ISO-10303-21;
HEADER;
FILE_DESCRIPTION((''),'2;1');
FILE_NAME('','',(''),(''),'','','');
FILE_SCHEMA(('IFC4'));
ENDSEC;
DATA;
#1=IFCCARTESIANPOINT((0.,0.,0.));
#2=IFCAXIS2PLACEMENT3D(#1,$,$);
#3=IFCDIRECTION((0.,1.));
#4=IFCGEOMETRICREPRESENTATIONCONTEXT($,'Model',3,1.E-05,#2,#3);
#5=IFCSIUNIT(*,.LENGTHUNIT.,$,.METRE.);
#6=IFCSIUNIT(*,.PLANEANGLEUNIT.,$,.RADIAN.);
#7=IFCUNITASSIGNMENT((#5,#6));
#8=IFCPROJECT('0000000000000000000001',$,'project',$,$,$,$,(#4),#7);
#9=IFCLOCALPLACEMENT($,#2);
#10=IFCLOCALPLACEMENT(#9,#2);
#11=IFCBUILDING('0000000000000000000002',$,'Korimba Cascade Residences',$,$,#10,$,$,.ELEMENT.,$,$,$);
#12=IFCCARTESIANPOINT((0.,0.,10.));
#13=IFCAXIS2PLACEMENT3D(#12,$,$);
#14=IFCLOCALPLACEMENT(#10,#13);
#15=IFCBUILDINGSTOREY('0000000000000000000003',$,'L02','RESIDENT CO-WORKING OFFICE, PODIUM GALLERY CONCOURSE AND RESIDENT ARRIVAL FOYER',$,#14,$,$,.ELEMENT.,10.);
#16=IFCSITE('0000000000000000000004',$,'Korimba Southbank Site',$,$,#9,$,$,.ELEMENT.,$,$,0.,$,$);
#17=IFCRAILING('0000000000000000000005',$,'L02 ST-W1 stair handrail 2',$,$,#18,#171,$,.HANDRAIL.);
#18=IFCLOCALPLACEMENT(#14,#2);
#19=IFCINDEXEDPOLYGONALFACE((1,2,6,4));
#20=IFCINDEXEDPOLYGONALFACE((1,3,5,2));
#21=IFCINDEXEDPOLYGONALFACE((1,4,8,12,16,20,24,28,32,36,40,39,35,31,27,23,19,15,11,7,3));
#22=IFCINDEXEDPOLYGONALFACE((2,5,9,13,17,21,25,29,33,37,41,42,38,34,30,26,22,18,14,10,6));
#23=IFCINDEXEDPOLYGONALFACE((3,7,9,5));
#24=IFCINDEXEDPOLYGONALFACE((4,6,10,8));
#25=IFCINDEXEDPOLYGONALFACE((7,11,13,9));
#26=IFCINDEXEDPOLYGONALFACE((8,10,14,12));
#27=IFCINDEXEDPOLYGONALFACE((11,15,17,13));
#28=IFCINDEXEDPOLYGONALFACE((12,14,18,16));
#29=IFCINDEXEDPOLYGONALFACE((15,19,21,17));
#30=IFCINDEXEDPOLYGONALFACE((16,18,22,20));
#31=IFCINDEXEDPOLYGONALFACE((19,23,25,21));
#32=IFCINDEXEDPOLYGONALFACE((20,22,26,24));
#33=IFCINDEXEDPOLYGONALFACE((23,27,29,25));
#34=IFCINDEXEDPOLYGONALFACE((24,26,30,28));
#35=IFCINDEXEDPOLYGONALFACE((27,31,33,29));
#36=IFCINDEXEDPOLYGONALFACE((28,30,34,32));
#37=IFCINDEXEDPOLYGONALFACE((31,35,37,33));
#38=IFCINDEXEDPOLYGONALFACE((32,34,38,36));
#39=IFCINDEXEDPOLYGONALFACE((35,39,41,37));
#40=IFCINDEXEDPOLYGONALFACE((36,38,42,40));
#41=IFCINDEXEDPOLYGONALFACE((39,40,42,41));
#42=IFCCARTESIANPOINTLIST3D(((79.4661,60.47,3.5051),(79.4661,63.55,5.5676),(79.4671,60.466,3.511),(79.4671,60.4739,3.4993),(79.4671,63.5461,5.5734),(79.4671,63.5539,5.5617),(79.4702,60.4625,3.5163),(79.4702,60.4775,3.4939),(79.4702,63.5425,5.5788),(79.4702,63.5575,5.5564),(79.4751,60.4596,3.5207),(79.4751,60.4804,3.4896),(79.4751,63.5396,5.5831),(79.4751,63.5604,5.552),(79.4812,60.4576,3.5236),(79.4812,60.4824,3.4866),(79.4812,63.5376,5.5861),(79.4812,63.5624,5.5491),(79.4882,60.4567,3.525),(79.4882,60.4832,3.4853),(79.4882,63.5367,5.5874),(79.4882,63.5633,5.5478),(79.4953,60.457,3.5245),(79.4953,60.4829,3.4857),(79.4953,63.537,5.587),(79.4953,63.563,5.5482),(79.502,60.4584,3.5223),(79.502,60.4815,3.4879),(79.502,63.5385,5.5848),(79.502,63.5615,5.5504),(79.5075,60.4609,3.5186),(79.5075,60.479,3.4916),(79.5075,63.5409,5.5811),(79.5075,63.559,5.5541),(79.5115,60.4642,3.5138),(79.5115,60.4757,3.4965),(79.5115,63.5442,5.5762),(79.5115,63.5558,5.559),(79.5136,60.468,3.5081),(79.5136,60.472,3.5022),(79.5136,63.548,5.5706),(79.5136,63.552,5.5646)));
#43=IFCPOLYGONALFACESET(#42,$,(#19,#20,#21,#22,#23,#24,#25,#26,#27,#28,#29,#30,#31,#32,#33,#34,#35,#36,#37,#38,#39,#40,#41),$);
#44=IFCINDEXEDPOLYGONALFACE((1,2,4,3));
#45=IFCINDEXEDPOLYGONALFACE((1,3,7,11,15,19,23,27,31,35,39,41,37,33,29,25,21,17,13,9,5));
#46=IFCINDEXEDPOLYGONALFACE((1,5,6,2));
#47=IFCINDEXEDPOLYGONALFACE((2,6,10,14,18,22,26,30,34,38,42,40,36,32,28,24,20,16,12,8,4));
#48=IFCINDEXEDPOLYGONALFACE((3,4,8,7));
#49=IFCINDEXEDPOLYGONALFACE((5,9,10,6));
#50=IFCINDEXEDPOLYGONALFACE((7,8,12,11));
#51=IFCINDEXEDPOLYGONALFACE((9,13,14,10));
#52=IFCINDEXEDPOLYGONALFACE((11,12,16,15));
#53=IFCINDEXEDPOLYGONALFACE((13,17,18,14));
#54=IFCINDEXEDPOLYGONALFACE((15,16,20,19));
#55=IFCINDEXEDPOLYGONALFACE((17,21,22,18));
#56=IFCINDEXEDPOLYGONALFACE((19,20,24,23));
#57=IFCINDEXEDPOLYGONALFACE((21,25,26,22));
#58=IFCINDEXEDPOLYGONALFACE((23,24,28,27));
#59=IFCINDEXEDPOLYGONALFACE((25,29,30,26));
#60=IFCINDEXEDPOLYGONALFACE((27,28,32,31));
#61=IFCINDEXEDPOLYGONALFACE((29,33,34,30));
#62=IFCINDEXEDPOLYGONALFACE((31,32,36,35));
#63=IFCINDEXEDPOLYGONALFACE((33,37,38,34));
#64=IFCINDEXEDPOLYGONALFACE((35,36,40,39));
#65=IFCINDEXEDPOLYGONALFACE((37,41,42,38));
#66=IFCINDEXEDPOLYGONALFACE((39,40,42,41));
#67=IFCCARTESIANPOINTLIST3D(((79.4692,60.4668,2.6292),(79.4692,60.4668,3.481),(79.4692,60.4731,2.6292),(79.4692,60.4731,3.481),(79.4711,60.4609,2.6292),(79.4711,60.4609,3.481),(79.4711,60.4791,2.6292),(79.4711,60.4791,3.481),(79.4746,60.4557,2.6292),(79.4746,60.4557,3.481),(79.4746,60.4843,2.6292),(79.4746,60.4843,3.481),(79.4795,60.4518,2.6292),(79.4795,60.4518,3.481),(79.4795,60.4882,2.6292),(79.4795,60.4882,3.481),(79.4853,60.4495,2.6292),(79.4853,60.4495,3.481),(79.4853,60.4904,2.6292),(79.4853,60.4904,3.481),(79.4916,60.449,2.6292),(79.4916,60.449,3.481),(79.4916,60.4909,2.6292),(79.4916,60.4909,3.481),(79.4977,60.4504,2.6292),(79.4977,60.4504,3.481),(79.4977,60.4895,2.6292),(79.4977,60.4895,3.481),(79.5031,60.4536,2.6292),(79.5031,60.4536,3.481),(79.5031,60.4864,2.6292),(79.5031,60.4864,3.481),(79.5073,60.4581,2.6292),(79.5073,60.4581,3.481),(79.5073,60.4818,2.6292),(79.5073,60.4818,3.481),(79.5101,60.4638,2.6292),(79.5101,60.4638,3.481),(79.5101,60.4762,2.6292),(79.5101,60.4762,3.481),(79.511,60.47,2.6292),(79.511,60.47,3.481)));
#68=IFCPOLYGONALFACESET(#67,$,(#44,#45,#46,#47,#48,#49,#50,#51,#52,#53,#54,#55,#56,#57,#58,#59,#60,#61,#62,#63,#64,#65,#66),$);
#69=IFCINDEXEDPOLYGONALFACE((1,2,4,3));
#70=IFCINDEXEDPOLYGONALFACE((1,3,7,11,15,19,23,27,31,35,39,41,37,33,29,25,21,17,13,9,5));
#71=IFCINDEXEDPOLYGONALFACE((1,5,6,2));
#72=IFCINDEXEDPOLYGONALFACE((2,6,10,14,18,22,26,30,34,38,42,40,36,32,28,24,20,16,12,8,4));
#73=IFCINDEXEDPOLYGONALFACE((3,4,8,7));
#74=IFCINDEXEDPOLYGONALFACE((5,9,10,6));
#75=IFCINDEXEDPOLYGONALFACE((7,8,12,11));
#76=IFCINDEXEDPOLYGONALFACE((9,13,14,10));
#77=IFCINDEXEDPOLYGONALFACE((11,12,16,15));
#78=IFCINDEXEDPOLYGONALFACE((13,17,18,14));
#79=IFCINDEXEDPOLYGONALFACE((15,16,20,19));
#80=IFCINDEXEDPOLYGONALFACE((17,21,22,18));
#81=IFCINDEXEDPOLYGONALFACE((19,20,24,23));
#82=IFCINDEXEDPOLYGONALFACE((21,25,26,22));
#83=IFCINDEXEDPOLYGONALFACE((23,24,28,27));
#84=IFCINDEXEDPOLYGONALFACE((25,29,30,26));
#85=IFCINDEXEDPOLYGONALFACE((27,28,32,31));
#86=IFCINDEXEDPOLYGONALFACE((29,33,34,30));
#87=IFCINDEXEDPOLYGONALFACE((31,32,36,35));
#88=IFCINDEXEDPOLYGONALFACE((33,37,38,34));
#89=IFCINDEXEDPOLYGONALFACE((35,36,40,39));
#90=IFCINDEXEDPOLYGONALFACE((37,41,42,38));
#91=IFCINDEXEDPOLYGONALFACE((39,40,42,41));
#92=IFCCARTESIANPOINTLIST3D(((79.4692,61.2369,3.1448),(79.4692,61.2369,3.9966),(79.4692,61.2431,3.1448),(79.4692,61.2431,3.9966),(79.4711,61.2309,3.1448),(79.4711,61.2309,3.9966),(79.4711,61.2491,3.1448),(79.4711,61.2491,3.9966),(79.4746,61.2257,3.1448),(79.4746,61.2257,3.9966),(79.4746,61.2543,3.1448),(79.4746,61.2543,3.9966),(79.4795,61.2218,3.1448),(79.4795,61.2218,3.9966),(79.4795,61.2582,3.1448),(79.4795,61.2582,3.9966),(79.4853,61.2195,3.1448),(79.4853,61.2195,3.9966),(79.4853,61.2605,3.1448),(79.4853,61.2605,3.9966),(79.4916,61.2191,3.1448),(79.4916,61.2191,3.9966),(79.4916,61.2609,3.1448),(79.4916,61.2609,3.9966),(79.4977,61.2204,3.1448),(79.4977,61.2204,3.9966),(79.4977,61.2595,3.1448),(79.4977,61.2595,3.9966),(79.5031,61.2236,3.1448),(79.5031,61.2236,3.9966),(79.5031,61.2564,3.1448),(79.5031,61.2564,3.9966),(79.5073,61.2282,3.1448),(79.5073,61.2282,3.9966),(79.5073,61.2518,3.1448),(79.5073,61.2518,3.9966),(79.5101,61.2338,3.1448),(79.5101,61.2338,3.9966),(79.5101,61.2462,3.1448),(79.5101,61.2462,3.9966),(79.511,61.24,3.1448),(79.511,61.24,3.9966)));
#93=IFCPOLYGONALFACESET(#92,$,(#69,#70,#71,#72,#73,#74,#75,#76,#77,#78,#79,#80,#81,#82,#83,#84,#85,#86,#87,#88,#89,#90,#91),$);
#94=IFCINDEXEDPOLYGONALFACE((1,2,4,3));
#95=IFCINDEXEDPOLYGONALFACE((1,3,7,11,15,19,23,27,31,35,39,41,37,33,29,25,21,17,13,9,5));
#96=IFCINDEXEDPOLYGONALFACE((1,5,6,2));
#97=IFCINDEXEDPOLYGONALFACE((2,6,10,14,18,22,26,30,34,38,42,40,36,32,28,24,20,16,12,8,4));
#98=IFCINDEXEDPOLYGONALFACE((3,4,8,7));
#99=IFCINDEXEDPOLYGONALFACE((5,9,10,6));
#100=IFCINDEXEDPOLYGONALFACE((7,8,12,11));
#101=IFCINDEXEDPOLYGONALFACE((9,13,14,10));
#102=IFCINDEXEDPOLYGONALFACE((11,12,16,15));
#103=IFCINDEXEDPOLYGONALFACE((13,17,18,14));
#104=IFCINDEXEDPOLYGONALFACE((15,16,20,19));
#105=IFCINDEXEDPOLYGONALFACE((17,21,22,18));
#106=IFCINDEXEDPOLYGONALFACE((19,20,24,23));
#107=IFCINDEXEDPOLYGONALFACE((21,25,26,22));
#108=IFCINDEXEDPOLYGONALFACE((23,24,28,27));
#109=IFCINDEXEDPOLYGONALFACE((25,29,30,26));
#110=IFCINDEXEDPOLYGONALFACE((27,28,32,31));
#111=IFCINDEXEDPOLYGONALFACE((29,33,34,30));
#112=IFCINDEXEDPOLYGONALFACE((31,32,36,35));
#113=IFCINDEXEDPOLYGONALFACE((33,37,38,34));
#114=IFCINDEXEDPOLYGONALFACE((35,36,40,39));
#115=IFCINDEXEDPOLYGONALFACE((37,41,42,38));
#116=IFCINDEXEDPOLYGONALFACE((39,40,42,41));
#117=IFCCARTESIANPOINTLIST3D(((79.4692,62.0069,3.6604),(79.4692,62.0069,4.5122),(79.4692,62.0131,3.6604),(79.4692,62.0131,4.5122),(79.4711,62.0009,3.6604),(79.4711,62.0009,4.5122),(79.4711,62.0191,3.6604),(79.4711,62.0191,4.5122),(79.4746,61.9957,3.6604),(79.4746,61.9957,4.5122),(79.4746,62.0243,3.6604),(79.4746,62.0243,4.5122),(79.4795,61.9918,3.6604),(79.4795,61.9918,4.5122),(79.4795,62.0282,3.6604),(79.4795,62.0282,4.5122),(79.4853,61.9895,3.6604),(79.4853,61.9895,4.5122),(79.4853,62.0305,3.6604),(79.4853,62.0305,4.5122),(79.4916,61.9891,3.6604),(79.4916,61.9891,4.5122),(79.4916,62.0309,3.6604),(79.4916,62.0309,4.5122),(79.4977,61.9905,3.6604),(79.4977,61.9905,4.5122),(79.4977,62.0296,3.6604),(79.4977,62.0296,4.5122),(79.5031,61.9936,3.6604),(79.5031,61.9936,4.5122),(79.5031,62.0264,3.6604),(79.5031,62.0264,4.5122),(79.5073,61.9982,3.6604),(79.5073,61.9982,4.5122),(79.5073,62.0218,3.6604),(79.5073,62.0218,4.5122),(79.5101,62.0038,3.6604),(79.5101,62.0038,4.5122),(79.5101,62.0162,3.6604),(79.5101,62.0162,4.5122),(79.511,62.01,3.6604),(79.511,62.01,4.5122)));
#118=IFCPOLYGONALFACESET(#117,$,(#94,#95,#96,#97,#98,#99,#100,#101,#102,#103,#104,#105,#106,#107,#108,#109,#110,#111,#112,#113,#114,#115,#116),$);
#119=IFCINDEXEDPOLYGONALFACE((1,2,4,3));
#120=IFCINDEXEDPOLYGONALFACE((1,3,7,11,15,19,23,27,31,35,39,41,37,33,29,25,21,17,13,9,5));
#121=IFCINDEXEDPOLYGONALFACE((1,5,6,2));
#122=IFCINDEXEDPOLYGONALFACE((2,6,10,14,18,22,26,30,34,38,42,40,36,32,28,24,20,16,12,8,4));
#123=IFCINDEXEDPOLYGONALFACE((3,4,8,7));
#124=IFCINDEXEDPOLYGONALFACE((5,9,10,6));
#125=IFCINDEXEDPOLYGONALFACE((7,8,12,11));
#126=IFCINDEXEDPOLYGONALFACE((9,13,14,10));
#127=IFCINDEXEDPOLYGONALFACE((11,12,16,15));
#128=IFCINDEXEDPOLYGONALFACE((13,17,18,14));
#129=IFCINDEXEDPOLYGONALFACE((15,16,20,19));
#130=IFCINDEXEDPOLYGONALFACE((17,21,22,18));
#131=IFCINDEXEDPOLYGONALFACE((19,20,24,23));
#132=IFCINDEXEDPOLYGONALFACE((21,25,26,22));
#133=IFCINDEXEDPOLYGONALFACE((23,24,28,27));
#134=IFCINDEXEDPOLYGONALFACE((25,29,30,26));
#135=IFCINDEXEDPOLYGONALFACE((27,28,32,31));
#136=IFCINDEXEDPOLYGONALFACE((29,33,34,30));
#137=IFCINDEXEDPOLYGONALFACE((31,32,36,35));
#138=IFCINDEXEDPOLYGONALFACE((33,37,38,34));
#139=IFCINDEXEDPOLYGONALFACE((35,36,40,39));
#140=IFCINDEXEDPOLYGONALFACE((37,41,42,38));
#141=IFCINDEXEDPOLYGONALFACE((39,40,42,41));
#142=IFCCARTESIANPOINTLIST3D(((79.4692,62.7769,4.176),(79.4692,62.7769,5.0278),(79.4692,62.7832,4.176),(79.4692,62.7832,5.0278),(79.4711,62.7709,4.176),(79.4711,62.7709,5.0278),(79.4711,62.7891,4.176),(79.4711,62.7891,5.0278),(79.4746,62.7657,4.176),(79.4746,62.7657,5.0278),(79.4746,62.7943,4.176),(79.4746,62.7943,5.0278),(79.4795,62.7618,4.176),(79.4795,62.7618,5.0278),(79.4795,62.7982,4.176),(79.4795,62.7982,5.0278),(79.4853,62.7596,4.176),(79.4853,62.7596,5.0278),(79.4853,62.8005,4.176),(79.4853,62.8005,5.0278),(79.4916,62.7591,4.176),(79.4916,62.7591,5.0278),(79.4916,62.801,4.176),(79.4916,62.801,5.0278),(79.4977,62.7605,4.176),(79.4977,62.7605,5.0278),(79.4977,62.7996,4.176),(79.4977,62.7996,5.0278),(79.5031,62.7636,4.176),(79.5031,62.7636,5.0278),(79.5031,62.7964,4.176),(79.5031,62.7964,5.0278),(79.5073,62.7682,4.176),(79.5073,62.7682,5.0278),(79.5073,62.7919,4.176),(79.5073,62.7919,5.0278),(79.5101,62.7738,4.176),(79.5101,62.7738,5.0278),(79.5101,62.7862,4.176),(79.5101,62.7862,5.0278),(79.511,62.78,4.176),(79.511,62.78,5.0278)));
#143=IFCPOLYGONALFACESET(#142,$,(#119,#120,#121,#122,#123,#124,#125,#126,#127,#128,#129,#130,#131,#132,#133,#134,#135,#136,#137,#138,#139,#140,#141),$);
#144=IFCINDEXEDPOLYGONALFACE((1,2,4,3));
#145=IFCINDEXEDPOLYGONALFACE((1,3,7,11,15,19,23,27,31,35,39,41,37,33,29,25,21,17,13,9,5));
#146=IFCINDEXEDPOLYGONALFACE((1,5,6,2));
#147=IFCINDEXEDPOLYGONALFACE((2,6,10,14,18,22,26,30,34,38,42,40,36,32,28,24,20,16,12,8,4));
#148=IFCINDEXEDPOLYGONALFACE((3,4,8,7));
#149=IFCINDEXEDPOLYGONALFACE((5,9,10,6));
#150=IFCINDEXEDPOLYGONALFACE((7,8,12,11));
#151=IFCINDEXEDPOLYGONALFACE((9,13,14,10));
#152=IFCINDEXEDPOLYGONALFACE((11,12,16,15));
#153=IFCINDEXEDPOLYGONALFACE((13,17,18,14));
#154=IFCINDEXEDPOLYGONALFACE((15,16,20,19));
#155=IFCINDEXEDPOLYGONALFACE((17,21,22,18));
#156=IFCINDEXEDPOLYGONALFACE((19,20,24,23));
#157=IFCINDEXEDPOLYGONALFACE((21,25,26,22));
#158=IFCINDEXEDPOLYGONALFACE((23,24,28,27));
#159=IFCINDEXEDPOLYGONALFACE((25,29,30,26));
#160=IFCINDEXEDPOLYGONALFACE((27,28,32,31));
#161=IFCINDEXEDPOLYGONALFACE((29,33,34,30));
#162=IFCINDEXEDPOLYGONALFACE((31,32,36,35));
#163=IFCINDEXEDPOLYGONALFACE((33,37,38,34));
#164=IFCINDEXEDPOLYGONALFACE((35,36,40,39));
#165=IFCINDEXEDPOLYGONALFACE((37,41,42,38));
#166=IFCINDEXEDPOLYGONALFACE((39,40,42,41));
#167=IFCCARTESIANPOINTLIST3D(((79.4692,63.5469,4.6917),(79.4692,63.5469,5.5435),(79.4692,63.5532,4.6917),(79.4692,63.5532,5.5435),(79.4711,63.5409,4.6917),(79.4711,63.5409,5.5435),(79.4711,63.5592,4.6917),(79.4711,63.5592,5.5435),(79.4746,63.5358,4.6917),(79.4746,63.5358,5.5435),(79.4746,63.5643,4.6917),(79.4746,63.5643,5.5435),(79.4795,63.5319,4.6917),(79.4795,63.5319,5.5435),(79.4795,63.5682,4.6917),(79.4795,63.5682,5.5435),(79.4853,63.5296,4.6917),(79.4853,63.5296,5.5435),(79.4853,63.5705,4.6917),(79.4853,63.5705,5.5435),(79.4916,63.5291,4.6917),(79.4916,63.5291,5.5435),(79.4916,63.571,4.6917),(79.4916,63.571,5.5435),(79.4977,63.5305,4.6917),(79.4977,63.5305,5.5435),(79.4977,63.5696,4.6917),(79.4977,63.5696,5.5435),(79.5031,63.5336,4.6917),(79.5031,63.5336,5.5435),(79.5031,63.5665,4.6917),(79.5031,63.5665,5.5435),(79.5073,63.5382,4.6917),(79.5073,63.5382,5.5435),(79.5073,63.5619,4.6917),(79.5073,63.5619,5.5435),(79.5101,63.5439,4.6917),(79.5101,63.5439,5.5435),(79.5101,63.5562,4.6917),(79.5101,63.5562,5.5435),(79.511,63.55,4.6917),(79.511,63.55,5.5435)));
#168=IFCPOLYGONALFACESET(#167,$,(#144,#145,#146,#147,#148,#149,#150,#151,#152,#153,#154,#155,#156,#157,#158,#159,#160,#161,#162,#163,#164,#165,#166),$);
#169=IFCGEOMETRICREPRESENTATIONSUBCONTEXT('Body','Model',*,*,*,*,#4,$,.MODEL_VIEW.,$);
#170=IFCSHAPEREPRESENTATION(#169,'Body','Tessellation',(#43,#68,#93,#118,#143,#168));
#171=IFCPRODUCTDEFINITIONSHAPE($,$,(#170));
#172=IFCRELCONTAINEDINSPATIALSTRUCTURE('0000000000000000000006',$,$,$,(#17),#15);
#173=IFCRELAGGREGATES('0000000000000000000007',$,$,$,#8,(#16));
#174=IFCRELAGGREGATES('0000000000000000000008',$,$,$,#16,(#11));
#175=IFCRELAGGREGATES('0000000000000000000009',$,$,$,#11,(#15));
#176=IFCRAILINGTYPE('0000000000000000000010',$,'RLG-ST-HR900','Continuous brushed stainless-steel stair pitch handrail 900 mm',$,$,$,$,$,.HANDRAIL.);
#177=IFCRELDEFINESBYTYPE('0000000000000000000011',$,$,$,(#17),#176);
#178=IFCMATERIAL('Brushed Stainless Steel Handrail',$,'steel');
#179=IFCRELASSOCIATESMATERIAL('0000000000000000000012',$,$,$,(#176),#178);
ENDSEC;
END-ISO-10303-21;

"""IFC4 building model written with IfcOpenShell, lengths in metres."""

from ifc_helpers import new_model, si_unit, direction, frame, origin, origin_2d, place, context, subcontext, project, spatial, circle, extrude, material, type_object, element, save


model = new_model("IFC4")

# Units and contexts
model_context = context("Model", 3, precision=1e-05, world=origin(), true_north=direction((0.0, 1.0)))
body_context = subcontext(model_context, "Body", "Model", "MODEL_VIEW")
ifc_project = project(units=[si_unit("LENGTHUNIT", "METRE"), si_unit("PLANEANGLEUNIT", "RADIAN")], contexts=[model_context])

# Site, building, storey
site_placement = place(None, origin())
site = spatial("IfcSite", under=ifc_project, at=site_placement, Name="Korimba Southbank Site", CompositionType="ELEMENT", RefElevation=0.0)
building_placement = place(site_placement, origin())
building = spatial("IfcBuilding", under=site, at=building_placement, Name="Korimba Cascade Residences", CompositionType="ELEMENT")
storey_placement = place(building_placement, frame((0.0, 0.0, 10.0)))
storey = spatial("IfcBuildingStorey", under=building, at=storey_placement, Name="L02", Description="RESIDENT CO-WORKING OFFICE, PODIUM GALLERY CONCOURSE AND RESIDENT ARRIVAL FOYER", CompositionType="ELEMENT", Elevation=10.0)

# Railing
ifc_material_1 = material(Name="Brushed Stainless Steel Handrail", Category="steel")
railing_type_1 = type_object("IfcRailingType", Name="RLG-ST-HR900", Description="Continuous brushed stainless-steel stair pitch handrail 900 mm", PredefinedType="HANDRAIL", material=ifc_material_1)
railing_1_placement = place(storey_placement, frame((79.49, 60.47, 2.6292)))
element("IfcRailing", 1, at=railing_1_placement, inside=storey, type_object=railing_type_1, Name="L02 ST-W1 stair handrail 2", PredefinedType="HANDRAIL", context=body_context, shape_type="SweptSolid", body=[
    extrude(circle(Radius=0.0239, at=origin_2d()), frame((0.0, 0.0, 0.876), z_axis=(0.0, 0.830914, 0.556401), x_axis=(-1.0, 0.0, 0.0)), (0.0, 0.0, 1.0), 3.7068),
    extrude(circle(Radius=0.021, at=origin_2d()), origin(), (0.0, 0.0, 1.0), 0.8518),
    extrude(circle(Radius=0.021, at=origin_2d()), frame((0.0, 0.77, 0.5156)), (0.0, 0.0, 1.0), 0.8518),
    extrude(circle(Radius=0.021, at=origin_2d()), frame((0.0, 1.54, 1.0312)), (0.0, 0.0, 1.0), 0.8518),
    extrude(circle(Radius=0.021, at=origin_2d()), frame((0.0, 2.3101, 1.5469)), (0.0, 0.0, 1.0), 0.8518),
    extrude(circle(Radius=0.021, at=origin_2d()), frame((0.0, 3.0801, 2.0625)), (0.0, 0.0, 1.0), 0.8518),
])

save(model, "model.ifc")
